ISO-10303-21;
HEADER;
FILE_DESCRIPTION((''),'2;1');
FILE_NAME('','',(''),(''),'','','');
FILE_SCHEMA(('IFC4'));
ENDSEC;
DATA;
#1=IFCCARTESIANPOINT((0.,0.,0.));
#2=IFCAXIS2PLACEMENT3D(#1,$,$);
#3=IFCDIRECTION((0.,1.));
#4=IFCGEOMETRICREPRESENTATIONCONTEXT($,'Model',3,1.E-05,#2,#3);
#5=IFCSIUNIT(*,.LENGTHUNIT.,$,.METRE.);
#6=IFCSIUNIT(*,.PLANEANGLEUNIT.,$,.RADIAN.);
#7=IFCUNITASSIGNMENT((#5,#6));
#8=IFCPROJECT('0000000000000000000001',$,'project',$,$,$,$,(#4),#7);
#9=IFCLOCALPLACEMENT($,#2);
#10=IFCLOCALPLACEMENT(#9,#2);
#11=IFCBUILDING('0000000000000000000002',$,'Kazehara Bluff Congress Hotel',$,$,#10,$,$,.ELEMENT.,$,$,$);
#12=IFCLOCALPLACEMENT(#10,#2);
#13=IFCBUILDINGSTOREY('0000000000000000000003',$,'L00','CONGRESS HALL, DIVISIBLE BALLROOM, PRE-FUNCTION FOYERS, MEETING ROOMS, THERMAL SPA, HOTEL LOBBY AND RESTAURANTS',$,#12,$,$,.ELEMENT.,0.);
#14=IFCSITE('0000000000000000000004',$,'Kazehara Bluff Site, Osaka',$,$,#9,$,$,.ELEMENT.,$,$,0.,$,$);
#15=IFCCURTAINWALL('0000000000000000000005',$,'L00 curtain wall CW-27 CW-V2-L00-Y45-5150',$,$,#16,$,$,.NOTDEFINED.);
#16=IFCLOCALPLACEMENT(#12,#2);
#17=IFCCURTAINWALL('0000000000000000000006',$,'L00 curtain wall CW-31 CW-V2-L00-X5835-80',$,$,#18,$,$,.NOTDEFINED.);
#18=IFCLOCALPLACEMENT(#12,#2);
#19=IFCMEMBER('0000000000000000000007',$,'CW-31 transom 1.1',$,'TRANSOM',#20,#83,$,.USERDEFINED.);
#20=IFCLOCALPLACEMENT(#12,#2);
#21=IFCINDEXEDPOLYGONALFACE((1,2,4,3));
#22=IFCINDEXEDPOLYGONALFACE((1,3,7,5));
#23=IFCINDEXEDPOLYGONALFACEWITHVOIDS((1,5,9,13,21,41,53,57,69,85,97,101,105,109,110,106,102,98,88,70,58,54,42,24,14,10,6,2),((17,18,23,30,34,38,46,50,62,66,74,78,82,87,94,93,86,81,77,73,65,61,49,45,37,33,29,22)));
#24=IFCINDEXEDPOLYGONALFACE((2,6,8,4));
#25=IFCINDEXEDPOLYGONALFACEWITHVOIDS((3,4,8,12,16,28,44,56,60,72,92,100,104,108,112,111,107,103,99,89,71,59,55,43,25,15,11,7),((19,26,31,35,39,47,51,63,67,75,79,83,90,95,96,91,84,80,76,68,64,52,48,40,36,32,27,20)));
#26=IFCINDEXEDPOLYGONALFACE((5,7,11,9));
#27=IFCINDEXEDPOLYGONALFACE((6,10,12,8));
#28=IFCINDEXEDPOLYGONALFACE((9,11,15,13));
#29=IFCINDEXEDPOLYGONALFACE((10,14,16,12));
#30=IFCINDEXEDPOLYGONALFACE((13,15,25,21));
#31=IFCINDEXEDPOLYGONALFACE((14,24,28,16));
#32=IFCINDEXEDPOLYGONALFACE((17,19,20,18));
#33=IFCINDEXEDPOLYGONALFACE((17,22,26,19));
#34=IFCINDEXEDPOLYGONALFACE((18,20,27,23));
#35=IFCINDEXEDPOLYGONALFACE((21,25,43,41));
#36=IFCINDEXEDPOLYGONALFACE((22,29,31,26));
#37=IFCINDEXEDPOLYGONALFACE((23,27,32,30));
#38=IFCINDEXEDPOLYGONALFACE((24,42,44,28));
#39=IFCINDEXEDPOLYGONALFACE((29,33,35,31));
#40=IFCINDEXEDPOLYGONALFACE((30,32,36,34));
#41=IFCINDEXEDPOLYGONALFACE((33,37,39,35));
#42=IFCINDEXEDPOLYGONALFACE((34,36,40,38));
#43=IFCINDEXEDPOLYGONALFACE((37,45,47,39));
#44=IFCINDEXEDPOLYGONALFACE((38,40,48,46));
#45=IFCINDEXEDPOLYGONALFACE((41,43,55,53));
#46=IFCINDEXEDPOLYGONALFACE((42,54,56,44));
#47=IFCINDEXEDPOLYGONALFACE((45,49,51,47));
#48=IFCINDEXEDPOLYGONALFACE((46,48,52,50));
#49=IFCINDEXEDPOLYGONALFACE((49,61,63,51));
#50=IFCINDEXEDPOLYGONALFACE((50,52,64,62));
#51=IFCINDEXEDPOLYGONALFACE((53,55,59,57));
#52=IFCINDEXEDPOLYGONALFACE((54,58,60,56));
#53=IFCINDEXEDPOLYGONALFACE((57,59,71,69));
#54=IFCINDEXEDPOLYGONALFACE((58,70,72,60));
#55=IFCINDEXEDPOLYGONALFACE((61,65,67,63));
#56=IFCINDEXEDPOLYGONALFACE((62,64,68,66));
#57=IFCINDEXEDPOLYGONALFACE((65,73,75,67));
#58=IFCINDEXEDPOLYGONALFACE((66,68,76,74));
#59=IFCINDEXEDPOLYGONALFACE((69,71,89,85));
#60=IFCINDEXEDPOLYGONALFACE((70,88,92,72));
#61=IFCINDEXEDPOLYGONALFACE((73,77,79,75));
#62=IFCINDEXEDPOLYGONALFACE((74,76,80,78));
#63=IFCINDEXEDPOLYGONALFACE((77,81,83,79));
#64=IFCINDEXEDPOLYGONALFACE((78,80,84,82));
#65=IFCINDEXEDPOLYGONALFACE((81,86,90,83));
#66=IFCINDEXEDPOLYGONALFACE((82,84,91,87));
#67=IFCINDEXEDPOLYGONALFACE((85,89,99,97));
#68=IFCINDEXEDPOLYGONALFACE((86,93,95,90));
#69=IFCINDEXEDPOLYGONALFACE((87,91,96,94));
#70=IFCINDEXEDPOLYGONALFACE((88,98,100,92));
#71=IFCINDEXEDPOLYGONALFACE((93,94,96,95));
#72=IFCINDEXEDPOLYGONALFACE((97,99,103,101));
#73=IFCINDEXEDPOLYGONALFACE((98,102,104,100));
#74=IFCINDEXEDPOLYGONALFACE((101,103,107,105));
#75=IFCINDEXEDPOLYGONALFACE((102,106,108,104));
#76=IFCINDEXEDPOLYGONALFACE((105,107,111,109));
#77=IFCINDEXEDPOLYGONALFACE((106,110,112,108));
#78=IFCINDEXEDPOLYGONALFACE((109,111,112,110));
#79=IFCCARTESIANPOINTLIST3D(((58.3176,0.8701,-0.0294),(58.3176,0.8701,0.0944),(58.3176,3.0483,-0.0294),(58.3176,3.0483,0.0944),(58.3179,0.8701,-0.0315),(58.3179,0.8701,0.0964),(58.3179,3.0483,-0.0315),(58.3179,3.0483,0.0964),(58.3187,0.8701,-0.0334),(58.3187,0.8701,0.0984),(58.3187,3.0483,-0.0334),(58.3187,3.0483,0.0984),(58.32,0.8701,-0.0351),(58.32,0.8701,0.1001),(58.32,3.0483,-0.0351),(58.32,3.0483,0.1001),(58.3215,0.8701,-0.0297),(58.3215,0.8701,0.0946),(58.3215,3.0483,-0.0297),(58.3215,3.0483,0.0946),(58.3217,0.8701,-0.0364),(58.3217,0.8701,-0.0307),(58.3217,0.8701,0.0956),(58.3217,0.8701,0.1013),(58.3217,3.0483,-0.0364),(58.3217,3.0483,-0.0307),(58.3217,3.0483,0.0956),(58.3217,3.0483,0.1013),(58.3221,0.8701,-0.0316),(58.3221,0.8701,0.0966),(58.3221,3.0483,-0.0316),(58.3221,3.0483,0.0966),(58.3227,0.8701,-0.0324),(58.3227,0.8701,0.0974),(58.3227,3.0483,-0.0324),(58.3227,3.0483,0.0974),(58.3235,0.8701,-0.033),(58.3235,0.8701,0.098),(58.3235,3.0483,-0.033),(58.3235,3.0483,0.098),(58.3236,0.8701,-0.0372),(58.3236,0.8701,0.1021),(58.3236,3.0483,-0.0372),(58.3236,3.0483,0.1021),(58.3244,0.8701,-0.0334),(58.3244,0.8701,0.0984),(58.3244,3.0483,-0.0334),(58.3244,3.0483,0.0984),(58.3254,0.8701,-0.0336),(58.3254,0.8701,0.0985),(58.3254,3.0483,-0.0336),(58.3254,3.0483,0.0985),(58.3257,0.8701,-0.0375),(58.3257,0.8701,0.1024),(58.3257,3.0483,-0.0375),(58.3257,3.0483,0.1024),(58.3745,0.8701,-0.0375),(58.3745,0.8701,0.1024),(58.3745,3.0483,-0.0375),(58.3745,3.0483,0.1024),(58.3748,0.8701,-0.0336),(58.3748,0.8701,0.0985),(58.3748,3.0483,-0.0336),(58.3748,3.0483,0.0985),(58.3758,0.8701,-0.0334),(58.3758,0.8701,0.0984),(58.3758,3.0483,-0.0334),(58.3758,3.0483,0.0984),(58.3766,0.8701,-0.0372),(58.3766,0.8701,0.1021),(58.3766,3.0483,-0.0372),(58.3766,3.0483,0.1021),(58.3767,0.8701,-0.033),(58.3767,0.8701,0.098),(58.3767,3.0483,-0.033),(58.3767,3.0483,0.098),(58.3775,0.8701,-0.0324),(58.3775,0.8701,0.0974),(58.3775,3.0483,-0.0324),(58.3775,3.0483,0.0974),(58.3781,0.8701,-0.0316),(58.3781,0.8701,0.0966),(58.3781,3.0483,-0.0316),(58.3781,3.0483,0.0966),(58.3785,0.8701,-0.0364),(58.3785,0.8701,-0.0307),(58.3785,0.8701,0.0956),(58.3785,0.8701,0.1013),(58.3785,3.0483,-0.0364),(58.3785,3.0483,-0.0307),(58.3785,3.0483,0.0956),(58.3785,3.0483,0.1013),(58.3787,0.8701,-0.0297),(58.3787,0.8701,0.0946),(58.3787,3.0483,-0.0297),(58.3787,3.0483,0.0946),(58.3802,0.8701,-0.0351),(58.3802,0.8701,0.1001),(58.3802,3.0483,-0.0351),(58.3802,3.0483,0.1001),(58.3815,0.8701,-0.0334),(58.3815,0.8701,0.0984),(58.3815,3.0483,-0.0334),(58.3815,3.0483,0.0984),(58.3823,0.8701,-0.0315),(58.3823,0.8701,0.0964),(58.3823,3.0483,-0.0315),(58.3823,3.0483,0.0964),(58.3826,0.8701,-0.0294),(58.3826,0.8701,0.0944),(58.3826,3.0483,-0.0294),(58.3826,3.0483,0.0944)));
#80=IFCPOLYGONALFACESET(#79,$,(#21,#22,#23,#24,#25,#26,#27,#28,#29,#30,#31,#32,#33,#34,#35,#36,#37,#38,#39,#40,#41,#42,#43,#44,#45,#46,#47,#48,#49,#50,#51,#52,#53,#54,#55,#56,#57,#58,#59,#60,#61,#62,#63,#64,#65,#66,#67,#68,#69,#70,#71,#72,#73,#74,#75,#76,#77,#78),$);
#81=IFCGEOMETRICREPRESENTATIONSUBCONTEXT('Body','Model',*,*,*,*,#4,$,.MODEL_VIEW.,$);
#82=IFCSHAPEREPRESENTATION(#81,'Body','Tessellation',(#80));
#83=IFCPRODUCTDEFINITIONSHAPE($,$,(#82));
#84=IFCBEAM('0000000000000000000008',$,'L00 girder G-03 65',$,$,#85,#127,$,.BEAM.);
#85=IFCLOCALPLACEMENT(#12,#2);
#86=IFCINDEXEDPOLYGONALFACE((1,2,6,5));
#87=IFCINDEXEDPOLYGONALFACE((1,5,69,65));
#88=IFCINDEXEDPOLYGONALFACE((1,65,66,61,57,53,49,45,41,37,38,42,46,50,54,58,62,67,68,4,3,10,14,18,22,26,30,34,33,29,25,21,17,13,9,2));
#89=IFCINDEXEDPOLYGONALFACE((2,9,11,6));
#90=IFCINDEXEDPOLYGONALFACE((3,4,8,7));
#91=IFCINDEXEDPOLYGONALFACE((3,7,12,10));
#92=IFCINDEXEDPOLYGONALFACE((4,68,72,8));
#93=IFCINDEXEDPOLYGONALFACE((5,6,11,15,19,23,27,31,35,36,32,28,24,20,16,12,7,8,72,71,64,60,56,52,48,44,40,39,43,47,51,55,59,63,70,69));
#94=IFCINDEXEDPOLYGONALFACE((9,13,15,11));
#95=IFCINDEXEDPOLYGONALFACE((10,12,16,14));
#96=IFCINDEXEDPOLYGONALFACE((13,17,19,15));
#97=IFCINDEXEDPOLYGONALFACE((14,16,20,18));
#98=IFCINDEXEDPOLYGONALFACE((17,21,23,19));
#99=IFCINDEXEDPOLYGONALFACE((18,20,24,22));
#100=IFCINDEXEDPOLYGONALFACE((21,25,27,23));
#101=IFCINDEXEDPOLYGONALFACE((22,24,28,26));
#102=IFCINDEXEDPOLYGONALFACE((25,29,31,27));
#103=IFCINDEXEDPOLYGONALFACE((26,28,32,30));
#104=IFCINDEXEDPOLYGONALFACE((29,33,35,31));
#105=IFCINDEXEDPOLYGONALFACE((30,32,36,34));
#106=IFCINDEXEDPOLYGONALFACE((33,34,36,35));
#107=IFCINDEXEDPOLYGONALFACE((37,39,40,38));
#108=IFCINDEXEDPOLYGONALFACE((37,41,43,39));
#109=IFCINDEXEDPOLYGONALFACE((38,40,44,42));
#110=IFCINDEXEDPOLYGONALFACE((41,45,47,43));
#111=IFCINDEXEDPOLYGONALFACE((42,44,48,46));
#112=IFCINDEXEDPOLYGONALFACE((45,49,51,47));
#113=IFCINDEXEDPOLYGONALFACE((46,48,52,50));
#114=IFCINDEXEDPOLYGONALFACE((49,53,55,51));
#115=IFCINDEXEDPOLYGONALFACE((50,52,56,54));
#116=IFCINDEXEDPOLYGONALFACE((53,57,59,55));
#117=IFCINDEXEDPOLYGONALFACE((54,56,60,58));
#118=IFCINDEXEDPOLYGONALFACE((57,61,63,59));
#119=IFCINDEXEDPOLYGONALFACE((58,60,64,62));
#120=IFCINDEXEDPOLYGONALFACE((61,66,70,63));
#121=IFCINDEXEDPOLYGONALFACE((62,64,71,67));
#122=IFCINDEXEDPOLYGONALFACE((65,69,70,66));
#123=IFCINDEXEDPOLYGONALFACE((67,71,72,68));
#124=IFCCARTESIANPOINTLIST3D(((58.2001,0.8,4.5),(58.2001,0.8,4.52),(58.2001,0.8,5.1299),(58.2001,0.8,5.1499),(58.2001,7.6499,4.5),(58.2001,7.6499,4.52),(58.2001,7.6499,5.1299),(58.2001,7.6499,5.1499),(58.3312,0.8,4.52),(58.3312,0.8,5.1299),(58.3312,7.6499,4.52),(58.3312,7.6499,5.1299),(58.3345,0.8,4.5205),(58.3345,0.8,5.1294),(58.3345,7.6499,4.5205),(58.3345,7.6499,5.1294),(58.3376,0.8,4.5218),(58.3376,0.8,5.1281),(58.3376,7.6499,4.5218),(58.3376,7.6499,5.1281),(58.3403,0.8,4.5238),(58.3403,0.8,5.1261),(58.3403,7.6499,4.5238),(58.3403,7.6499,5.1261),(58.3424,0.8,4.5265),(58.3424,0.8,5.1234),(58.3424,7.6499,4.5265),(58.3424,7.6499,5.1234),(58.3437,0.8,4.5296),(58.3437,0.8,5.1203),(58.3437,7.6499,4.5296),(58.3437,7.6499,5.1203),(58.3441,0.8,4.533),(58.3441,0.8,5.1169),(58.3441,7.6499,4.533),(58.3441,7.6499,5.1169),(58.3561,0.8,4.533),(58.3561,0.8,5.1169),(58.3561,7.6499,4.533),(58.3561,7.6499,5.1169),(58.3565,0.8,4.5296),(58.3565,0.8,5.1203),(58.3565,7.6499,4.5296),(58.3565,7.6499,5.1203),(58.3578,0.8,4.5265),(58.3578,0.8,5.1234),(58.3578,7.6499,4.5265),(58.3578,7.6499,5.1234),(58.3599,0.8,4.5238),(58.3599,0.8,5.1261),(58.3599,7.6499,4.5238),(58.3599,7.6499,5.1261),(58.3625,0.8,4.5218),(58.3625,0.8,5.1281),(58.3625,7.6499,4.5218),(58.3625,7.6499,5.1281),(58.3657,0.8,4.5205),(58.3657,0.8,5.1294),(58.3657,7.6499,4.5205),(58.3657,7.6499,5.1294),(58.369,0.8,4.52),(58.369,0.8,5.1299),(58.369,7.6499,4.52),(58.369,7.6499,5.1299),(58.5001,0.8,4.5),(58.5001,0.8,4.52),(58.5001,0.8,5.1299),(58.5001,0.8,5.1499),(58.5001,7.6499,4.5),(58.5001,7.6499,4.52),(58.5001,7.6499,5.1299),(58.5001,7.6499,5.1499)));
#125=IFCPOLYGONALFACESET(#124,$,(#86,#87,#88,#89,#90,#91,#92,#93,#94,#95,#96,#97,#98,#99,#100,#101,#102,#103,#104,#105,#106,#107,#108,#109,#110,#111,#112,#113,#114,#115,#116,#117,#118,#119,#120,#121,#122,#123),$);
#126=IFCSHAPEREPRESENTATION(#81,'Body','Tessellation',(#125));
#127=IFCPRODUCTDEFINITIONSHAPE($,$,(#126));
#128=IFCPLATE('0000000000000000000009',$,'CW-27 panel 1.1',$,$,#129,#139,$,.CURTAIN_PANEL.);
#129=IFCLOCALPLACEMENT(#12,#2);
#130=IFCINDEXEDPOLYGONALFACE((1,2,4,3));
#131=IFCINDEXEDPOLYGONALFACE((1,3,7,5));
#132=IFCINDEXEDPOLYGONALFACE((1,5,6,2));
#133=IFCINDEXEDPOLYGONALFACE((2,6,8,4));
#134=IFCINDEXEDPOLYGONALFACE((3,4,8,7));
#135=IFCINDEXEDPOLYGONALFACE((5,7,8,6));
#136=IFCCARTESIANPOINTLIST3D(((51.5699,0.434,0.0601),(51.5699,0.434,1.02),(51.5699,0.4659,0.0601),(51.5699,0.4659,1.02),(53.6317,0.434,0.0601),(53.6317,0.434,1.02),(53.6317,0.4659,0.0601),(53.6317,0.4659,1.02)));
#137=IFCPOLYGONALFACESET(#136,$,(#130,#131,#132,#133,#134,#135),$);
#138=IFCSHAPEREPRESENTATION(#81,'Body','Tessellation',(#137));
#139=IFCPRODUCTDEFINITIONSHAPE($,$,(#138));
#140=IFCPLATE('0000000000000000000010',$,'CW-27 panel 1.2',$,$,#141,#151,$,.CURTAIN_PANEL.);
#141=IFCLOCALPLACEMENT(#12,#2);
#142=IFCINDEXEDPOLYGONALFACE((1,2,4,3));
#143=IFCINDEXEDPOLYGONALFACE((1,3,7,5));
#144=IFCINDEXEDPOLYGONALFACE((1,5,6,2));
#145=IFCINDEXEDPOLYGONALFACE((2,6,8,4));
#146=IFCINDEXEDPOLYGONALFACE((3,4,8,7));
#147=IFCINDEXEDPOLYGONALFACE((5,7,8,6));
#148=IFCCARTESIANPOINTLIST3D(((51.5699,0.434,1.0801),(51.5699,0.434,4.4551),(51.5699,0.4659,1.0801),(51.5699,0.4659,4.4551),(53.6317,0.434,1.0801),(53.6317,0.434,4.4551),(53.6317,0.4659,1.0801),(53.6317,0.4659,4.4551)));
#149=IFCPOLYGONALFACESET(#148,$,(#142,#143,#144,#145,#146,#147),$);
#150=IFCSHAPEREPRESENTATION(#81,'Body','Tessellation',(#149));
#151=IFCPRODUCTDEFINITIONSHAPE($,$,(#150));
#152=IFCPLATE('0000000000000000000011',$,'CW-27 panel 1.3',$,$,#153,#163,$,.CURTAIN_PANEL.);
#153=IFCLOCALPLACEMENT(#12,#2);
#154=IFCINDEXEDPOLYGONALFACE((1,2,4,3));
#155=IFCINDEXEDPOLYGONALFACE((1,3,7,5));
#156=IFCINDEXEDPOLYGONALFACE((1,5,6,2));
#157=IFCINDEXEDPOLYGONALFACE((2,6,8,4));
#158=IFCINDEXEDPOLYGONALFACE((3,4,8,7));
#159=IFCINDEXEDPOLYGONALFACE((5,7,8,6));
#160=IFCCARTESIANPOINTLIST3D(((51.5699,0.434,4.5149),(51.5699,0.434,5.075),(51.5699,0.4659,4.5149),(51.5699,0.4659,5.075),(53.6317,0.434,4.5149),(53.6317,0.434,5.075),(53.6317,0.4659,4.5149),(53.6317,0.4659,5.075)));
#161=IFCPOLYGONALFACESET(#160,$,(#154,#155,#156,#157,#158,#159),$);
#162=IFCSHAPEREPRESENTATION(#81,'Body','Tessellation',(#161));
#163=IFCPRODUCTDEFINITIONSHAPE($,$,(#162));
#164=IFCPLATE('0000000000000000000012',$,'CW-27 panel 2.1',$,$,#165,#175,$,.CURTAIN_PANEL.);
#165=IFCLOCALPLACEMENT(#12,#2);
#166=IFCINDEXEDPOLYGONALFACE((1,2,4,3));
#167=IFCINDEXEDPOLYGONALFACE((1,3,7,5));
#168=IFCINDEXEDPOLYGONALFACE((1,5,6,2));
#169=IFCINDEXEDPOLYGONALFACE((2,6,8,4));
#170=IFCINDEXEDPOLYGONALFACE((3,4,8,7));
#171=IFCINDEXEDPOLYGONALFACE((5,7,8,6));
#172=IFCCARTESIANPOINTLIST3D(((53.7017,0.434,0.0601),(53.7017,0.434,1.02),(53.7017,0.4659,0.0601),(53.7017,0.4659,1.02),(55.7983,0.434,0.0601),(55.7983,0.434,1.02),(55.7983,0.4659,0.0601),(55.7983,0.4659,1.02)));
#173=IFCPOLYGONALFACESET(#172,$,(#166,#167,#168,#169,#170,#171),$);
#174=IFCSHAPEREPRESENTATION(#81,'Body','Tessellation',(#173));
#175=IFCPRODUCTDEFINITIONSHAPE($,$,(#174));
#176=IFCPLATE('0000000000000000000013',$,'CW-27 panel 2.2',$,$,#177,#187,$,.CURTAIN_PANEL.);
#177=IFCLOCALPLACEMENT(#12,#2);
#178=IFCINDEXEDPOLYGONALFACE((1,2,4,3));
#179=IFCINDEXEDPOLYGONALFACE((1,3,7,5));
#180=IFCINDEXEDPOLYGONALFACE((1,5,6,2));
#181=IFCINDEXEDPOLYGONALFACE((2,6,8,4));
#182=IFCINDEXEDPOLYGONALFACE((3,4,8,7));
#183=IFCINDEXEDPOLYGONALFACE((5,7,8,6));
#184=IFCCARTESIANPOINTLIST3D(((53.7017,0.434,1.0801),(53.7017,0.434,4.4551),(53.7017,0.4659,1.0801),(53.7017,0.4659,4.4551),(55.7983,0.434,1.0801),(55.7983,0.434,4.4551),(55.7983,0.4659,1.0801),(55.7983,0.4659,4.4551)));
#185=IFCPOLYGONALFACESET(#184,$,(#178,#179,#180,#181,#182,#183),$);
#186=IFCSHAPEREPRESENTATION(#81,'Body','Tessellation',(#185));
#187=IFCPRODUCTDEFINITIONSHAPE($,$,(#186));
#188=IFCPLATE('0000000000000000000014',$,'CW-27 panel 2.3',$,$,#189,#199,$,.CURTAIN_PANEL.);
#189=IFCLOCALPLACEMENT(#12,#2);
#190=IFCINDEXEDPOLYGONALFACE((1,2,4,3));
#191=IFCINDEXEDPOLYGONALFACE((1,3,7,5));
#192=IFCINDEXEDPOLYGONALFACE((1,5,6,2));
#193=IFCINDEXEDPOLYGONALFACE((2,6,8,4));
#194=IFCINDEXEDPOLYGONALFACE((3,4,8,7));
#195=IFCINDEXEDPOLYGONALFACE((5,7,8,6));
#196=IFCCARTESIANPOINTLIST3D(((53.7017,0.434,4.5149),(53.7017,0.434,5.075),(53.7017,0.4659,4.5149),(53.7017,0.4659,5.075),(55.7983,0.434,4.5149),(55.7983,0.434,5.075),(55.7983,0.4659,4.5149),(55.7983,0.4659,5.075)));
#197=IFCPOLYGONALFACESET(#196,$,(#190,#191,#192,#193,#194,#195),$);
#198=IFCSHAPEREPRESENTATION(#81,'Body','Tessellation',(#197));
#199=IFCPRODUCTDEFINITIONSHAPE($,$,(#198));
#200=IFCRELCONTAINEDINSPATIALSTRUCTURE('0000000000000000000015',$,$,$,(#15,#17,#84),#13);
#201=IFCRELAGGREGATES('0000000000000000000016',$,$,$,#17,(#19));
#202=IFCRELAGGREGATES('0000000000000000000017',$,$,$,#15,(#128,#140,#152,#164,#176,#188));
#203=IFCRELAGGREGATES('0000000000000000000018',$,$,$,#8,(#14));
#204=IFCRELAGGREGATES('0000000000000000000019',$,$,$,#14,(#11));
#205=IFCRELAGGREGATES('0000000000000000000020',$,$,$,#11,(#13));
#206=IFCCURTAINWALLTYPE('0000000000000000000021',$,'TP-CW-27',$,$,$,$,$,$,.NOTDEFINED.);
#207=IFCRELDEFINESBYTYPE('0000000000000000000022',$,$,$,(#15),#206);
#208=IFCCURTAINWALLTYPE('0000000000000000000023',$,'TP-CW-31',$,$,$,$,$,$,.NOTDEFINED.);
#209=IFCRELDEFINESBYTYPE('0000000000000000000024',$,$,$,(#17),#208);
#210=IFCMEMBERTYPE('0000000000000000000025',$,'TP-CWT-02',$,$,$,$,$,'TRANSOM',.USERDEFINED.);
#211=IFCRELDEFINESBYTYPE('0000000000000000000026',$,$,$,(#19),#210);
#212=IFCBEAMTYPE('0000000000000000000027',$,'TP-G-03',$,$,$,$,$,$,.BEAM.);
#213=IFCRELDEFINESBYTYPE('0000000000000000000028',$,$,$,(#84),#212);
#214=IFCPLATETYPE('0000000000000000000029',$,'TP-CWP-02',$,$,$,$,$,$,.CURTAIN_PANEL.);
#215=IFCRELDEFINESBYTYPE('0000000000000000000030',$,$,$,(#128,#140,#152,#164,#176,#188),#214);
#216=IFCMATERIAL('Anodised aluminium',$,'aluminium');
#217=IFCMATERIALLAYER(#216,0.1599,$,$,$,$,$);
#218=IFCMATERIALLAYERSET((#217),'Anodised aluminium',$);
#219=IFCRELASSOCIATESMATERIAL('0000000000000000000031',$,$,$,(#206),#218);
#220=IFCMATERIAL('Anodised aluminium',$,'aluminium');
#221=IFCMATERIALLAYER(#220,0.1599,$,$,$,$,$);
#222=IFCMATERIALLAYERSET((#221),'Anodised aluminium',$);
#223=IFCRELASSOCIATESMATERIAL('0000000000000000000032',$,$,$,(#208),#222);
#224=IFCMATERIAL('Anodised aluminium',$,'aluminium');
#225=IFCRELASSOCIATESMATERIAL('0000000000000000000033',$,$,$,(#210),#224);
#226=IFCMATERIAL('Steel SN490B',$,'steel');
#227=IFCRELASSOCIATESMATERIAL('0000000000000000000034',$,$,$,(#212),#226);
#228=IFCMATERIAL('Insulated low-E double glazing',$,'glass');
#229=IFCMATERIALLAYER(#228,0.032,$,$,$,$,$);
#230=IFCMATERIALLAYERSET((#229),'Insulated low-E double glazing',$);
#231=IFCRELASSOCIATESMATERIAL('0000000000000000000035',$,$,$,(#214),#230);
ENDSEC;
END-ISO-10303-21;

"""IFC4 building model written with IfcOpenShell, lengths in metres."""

from ifc_helpers import new_model, si_unit, direction, frame, origin, origin_2d, place, context, subcontext, project, spatial, rectangle, hollow_rectangle, i_section, extrude, material, layer, layer_set, material_profile, profile_set, type_object, element, aggregate, save


model = new_model("IFC4")

# Units and contexts
model_context = context("Model", 3, precision=1e-05, world=origin(), true_north=direction((0.0, 1.0)))
body_context = subcontext(model_context, "Body", "Model", "MODEL_VIEW")
ifc_project = project(units=[si_unit("LENGTHUNIT", "METRE"), si_unit("PLANEANGLEUNIT", "RADIAN")], contexts=[model_context])

# Site, building, storey
site_placement = place(None, origin())
site = spatial("IfcSite", under=ifc_project, at=site_placement, Name="Kazehara Bluff Site, Osaka", CompositionType="ELEMENT", RefElevation=0.0)
building_placement = place(site_placement, origin())
building = spatial("IfcBuilding", under=site, at=building_placement, Name="Kazehara Bluff Congress Hotel", CompositionType="ELEMENT")
storey_placement = place(building_placement, origin())
storey = spatial("IfcBuildingStorey", under=building, at=storey_placement, Name="L00", Description="CONGRESS HALL, DIVISIBLE BALLROOM, PRE-FUNCTION FOYERS, MEETING ROOMS, THERMAL SPA, HOTEL LOBBY AND RESTAURANTS", CompositionType="ELEMENT", Elevation=0.0)

# Curtain wall
ifc_material_1 = material(Name="Anodised aluminium", Category="aluminium")
ifc_layer_1 = layer(ifc_material_1, 0.1599)
ifc_layer_set_1 = layer_set([ifc_layer_1], Name="Anodised aluminium")
curtain_wall_type_1 = type_object("IfcCurtainWallType", Name="TP-CW-27", PredefinedType="NOTDEFINED", material=ifc_layer_set_1)
curtain_wall_1_placement = place(storey_placement, origin())
curtain_wall_1 = element("IfcCurtainWall", 1, at=curtain_wall_1_placement, inside=storey, type_object=curtain_wall_type_1, Name="L00 curtain wall CW-27 CW-V2-L00-Y45-5150", PredefinedType="NOTDEFINED")

# Curtain wall
ifc_material_2 = material(Name="Anodised aluminium", Category="aluminium")
ifc_layer_2 = layer(ifc_material_2, 0.1599)
ifc_layer_set_2 = layer_set([ifc_layer_2], Name="Anodised aluminium")
curtain_wall_type_2 = type_object("IfcCurtainWallType", Name="TP-CW-31", PredefinedType="NOTDEFINED", material=ifc_layer_set_2)
curtain_wall_2_placement = place(storey_placement, origin())
curtain_wall_2 = element("IfcCurtainWall", 2, at=curtain_wall_2_placement, inside=storey, type_object=curtain_wall_type_2, Name="L00 curtain wall CW-31 CW-V2-L00-X5835-80", PredefinedType="NOTDEFINED")

# Member
ifc_material_3 = material(Name="Anodised aluminium", Category="aluminium")
ifc_material_profile_1 = material_profile(ifc_material_3, hollow_rectangle(XDim=0.0649, YDim=0.1399, WallThickness=0.0039, InnerFilletRadius=0.0039, OuterFilletRadius=0.0081, at=origin_2d()))
ifc_profile_set_1 = profile_set([ifc_material_profile_1], Name="Anodised aluminium")
member_type_1 = type_object("IfcMemberType", Name="TP-CWT-02", ElementType="TRANSOM", PredefinedType="USERDEFINED", material=ifc_profile_set_1)
member_1_placement = place(storey_placement, frame((58.3501, 0.8701, 0.0325), z_axis=(0.0, 1.0, 0.0), x_axis=(-1.0, 0.0, 0.0)))
member_1 = element("IfcMember", 3, at=member_1_placement, type_object=member_type_1, Name="CW-31 transom 1.1", ObjectType="TRANSOM", PredefinedType="USERDEFINED", context=body_context, shape_type="SweptSolid", body=[
    extrude(hollow_rectangle(XDim=0.0649, YDim=0.1399, WallThickness=0.0039, InnerFilletRadius=0.0039, OuterFilletRadius=0.0081, at=origin_2d()), origin(), (0.0, 0.0, 1.0), 2.1782),
])
aggregate(curtain_wall_2, [member_1])

# Beam
ifc_material_4 = material(Name="Steel SN490B", Category="steel")
ifc_material_profile_2 = material_profile(ifc_material_4, i_section(OverallWidth=0.3, OverallDepth=0.6499, WebThickness=0.012, FlangeThickness=0.02, FilletRadius=0.0129, at=origin_2d()))
ifc_profile_set_2 = profile_set([ifc_material_profile_2], Name="Steel SN490B")
beam_type = type_object("IfcBeamType", Name="TP-G-03", PredefinedType="BEAM", material=ifc_profile_set_2)
beam_placement = place(storey_placement, frame((58.3501, 0.8, 4.825), z_axis=(0.0, 1.0, 0.0), x_axis=(-1.0, 0.0, 0.0)))
element("IfcBeam", 4, at=beam_placement, inside=storey, type_object=beam_type, Name="L00 girder G-03 65", PredefinedType="BEAM", context=body_context, shape_type="SweptSolid", body=[
    extrude(i_section(OverallWidth=0.3, OverallDepth=0.6499, WebThickness=0.012, FlangeThickness=0.02, FilletRadius=0.0129, at=origin_2d()), origin(), (0.0, 0.0, 1.0), 6.8499),
])

# Plates
ifc_material_5 = material(Name="Insulated low-E double glazing", Category="glass")
ifc_layer_3 = layer(ifc_material_5, 0.032)
ifc_layer_set_3 = layer_set([ifc_layer_3], Name="Insulated low-E double glazing")
plate_type = type_object("IfcPlateType", Name="TP-CWP-02", PredefinedType="CURTAIN_PANEL", material=ifc_layer_set_3)
plate_1_placement = place(storey_placement, frame((52.6008, 0.45, 0.0601), z_axis=(0.0, 0.0, 1.0), x_axis=(1.0, 0.0, 0.0)))
plate_1 = element("IfcPlate", 5, at=plate_1_placement, type_object=plate_type, Name="CW-27 panel 1.1", PredefinedType="CURTAIN_PANEL", context=body_context, shape_type="SweptSolid", body=[
    extrude(rectangle(XDim=2.0618, YDim=0.032, at=origin_2d()), origin(), (0.0, 0.0, 1.0), 0.96),
])
plate_2_placement = place(storey_placement, frame((52.6008, 0.45, 1.0801), z_axis=(0.0, 0.0, 1.0), x_axis=(1.0, 0.0, 0.0)))
plate_2 = element("IfcPlate", 6, at=plate_2_placement, type_object=plate_type, Name="CW-27 panel 1.2", PredefinedType="CURTAIN_PANEL", context=body_context, shape_type="SweptSolid", body=[
    extrude(rectangle(XDim=2.0618, YDim=0.032, at=origin_2d()), origin(), (0.0, 0.0, 1.0), 3.375),
])
plate_3_placement = place(storey_placement, frame((52.6008, 0.45, 4.5149), z_axis=(0.0, 0.0, 1.0), x_axis=(1.0, 0.0, 0.0)))
plate_3 = element("IfcPlate", 7, at=plate_3_placement, type_object=plate_type, Name="CW-27 panel 1.3", PredefinedType="CURTAIN_PANEL", context=body_context, shape_type="SweptSolid", body=[
    extrude(rectangle(XDim=2.0618, YDim=0.032, at=origin_2d()), origin(), (0.0, 0.0, 1.0), 0.5601),
])
plate_4_placement = place(storey_placement, frame((54.75, 0.45, 0.0601), z_axis=(0.0, 0.0, 1.0), x_axis=(1.0, 0.0, 0.0)))
plate_4 = element("IfcPlate", 8, at=plate_4_placement, type_object=plate_type, Name="CW-27 panel 2.1", PredefinedType="CURTAIN_PANEL", context=body_context, shape_type="SweptSolid", body=[
    extrude(rectangle(XDim=2.0967, YDim=0.032, at=origin_2d()), origin(), (0.0, 0.0, 1.0), 0.96),
])
plate_5_placement = place(storey_placement, frame((54.75, 0.45, 1.0801), z_axis=(0.0, 0.0, 1.0), x_axis=(1.0, 0.0, 0.0)))
plate_5 = element("IfcPlate", 9, at=plate_5_placement, type_object=plate_type, Name="CW-27 panel 2.2", PredefinedType="CURTAIN_PANEL", context=body_context, shape_type="SweptSolid", body=[
    extrude(rectangle(XDim=2.0967, YDim=0.032, at=origin_2d()), origin(), (0.0, 0.0, 1.0), 3.375),
])
plate_6_placement = place(storey_placement, frame((54.75, 0.45, 4.5149), z_axis=(0.0, 0.0, 1.0), x_axis=(1.0, 0.0, 0.0)))
plate_6 = element("IfcPlate", 10, at=plate_6_placement, type_object=plate_type, Name="CW-27 panel 2.3", PredefinedType="CURTAIN_PANEL", context=body_context, shape_type="SweptSolid", body=[
    extrude(rectangle(XDim=2.0967, YDim=0.032, at=origin_2d()), origin(), (0.0, 0.0, 1.0), 0.5601),
])
aggregate(curtain_wall_1, [plate_1, plate_2, plate_3, plate_4, plate_5, plate_6])

save(model, "model.ifc")
